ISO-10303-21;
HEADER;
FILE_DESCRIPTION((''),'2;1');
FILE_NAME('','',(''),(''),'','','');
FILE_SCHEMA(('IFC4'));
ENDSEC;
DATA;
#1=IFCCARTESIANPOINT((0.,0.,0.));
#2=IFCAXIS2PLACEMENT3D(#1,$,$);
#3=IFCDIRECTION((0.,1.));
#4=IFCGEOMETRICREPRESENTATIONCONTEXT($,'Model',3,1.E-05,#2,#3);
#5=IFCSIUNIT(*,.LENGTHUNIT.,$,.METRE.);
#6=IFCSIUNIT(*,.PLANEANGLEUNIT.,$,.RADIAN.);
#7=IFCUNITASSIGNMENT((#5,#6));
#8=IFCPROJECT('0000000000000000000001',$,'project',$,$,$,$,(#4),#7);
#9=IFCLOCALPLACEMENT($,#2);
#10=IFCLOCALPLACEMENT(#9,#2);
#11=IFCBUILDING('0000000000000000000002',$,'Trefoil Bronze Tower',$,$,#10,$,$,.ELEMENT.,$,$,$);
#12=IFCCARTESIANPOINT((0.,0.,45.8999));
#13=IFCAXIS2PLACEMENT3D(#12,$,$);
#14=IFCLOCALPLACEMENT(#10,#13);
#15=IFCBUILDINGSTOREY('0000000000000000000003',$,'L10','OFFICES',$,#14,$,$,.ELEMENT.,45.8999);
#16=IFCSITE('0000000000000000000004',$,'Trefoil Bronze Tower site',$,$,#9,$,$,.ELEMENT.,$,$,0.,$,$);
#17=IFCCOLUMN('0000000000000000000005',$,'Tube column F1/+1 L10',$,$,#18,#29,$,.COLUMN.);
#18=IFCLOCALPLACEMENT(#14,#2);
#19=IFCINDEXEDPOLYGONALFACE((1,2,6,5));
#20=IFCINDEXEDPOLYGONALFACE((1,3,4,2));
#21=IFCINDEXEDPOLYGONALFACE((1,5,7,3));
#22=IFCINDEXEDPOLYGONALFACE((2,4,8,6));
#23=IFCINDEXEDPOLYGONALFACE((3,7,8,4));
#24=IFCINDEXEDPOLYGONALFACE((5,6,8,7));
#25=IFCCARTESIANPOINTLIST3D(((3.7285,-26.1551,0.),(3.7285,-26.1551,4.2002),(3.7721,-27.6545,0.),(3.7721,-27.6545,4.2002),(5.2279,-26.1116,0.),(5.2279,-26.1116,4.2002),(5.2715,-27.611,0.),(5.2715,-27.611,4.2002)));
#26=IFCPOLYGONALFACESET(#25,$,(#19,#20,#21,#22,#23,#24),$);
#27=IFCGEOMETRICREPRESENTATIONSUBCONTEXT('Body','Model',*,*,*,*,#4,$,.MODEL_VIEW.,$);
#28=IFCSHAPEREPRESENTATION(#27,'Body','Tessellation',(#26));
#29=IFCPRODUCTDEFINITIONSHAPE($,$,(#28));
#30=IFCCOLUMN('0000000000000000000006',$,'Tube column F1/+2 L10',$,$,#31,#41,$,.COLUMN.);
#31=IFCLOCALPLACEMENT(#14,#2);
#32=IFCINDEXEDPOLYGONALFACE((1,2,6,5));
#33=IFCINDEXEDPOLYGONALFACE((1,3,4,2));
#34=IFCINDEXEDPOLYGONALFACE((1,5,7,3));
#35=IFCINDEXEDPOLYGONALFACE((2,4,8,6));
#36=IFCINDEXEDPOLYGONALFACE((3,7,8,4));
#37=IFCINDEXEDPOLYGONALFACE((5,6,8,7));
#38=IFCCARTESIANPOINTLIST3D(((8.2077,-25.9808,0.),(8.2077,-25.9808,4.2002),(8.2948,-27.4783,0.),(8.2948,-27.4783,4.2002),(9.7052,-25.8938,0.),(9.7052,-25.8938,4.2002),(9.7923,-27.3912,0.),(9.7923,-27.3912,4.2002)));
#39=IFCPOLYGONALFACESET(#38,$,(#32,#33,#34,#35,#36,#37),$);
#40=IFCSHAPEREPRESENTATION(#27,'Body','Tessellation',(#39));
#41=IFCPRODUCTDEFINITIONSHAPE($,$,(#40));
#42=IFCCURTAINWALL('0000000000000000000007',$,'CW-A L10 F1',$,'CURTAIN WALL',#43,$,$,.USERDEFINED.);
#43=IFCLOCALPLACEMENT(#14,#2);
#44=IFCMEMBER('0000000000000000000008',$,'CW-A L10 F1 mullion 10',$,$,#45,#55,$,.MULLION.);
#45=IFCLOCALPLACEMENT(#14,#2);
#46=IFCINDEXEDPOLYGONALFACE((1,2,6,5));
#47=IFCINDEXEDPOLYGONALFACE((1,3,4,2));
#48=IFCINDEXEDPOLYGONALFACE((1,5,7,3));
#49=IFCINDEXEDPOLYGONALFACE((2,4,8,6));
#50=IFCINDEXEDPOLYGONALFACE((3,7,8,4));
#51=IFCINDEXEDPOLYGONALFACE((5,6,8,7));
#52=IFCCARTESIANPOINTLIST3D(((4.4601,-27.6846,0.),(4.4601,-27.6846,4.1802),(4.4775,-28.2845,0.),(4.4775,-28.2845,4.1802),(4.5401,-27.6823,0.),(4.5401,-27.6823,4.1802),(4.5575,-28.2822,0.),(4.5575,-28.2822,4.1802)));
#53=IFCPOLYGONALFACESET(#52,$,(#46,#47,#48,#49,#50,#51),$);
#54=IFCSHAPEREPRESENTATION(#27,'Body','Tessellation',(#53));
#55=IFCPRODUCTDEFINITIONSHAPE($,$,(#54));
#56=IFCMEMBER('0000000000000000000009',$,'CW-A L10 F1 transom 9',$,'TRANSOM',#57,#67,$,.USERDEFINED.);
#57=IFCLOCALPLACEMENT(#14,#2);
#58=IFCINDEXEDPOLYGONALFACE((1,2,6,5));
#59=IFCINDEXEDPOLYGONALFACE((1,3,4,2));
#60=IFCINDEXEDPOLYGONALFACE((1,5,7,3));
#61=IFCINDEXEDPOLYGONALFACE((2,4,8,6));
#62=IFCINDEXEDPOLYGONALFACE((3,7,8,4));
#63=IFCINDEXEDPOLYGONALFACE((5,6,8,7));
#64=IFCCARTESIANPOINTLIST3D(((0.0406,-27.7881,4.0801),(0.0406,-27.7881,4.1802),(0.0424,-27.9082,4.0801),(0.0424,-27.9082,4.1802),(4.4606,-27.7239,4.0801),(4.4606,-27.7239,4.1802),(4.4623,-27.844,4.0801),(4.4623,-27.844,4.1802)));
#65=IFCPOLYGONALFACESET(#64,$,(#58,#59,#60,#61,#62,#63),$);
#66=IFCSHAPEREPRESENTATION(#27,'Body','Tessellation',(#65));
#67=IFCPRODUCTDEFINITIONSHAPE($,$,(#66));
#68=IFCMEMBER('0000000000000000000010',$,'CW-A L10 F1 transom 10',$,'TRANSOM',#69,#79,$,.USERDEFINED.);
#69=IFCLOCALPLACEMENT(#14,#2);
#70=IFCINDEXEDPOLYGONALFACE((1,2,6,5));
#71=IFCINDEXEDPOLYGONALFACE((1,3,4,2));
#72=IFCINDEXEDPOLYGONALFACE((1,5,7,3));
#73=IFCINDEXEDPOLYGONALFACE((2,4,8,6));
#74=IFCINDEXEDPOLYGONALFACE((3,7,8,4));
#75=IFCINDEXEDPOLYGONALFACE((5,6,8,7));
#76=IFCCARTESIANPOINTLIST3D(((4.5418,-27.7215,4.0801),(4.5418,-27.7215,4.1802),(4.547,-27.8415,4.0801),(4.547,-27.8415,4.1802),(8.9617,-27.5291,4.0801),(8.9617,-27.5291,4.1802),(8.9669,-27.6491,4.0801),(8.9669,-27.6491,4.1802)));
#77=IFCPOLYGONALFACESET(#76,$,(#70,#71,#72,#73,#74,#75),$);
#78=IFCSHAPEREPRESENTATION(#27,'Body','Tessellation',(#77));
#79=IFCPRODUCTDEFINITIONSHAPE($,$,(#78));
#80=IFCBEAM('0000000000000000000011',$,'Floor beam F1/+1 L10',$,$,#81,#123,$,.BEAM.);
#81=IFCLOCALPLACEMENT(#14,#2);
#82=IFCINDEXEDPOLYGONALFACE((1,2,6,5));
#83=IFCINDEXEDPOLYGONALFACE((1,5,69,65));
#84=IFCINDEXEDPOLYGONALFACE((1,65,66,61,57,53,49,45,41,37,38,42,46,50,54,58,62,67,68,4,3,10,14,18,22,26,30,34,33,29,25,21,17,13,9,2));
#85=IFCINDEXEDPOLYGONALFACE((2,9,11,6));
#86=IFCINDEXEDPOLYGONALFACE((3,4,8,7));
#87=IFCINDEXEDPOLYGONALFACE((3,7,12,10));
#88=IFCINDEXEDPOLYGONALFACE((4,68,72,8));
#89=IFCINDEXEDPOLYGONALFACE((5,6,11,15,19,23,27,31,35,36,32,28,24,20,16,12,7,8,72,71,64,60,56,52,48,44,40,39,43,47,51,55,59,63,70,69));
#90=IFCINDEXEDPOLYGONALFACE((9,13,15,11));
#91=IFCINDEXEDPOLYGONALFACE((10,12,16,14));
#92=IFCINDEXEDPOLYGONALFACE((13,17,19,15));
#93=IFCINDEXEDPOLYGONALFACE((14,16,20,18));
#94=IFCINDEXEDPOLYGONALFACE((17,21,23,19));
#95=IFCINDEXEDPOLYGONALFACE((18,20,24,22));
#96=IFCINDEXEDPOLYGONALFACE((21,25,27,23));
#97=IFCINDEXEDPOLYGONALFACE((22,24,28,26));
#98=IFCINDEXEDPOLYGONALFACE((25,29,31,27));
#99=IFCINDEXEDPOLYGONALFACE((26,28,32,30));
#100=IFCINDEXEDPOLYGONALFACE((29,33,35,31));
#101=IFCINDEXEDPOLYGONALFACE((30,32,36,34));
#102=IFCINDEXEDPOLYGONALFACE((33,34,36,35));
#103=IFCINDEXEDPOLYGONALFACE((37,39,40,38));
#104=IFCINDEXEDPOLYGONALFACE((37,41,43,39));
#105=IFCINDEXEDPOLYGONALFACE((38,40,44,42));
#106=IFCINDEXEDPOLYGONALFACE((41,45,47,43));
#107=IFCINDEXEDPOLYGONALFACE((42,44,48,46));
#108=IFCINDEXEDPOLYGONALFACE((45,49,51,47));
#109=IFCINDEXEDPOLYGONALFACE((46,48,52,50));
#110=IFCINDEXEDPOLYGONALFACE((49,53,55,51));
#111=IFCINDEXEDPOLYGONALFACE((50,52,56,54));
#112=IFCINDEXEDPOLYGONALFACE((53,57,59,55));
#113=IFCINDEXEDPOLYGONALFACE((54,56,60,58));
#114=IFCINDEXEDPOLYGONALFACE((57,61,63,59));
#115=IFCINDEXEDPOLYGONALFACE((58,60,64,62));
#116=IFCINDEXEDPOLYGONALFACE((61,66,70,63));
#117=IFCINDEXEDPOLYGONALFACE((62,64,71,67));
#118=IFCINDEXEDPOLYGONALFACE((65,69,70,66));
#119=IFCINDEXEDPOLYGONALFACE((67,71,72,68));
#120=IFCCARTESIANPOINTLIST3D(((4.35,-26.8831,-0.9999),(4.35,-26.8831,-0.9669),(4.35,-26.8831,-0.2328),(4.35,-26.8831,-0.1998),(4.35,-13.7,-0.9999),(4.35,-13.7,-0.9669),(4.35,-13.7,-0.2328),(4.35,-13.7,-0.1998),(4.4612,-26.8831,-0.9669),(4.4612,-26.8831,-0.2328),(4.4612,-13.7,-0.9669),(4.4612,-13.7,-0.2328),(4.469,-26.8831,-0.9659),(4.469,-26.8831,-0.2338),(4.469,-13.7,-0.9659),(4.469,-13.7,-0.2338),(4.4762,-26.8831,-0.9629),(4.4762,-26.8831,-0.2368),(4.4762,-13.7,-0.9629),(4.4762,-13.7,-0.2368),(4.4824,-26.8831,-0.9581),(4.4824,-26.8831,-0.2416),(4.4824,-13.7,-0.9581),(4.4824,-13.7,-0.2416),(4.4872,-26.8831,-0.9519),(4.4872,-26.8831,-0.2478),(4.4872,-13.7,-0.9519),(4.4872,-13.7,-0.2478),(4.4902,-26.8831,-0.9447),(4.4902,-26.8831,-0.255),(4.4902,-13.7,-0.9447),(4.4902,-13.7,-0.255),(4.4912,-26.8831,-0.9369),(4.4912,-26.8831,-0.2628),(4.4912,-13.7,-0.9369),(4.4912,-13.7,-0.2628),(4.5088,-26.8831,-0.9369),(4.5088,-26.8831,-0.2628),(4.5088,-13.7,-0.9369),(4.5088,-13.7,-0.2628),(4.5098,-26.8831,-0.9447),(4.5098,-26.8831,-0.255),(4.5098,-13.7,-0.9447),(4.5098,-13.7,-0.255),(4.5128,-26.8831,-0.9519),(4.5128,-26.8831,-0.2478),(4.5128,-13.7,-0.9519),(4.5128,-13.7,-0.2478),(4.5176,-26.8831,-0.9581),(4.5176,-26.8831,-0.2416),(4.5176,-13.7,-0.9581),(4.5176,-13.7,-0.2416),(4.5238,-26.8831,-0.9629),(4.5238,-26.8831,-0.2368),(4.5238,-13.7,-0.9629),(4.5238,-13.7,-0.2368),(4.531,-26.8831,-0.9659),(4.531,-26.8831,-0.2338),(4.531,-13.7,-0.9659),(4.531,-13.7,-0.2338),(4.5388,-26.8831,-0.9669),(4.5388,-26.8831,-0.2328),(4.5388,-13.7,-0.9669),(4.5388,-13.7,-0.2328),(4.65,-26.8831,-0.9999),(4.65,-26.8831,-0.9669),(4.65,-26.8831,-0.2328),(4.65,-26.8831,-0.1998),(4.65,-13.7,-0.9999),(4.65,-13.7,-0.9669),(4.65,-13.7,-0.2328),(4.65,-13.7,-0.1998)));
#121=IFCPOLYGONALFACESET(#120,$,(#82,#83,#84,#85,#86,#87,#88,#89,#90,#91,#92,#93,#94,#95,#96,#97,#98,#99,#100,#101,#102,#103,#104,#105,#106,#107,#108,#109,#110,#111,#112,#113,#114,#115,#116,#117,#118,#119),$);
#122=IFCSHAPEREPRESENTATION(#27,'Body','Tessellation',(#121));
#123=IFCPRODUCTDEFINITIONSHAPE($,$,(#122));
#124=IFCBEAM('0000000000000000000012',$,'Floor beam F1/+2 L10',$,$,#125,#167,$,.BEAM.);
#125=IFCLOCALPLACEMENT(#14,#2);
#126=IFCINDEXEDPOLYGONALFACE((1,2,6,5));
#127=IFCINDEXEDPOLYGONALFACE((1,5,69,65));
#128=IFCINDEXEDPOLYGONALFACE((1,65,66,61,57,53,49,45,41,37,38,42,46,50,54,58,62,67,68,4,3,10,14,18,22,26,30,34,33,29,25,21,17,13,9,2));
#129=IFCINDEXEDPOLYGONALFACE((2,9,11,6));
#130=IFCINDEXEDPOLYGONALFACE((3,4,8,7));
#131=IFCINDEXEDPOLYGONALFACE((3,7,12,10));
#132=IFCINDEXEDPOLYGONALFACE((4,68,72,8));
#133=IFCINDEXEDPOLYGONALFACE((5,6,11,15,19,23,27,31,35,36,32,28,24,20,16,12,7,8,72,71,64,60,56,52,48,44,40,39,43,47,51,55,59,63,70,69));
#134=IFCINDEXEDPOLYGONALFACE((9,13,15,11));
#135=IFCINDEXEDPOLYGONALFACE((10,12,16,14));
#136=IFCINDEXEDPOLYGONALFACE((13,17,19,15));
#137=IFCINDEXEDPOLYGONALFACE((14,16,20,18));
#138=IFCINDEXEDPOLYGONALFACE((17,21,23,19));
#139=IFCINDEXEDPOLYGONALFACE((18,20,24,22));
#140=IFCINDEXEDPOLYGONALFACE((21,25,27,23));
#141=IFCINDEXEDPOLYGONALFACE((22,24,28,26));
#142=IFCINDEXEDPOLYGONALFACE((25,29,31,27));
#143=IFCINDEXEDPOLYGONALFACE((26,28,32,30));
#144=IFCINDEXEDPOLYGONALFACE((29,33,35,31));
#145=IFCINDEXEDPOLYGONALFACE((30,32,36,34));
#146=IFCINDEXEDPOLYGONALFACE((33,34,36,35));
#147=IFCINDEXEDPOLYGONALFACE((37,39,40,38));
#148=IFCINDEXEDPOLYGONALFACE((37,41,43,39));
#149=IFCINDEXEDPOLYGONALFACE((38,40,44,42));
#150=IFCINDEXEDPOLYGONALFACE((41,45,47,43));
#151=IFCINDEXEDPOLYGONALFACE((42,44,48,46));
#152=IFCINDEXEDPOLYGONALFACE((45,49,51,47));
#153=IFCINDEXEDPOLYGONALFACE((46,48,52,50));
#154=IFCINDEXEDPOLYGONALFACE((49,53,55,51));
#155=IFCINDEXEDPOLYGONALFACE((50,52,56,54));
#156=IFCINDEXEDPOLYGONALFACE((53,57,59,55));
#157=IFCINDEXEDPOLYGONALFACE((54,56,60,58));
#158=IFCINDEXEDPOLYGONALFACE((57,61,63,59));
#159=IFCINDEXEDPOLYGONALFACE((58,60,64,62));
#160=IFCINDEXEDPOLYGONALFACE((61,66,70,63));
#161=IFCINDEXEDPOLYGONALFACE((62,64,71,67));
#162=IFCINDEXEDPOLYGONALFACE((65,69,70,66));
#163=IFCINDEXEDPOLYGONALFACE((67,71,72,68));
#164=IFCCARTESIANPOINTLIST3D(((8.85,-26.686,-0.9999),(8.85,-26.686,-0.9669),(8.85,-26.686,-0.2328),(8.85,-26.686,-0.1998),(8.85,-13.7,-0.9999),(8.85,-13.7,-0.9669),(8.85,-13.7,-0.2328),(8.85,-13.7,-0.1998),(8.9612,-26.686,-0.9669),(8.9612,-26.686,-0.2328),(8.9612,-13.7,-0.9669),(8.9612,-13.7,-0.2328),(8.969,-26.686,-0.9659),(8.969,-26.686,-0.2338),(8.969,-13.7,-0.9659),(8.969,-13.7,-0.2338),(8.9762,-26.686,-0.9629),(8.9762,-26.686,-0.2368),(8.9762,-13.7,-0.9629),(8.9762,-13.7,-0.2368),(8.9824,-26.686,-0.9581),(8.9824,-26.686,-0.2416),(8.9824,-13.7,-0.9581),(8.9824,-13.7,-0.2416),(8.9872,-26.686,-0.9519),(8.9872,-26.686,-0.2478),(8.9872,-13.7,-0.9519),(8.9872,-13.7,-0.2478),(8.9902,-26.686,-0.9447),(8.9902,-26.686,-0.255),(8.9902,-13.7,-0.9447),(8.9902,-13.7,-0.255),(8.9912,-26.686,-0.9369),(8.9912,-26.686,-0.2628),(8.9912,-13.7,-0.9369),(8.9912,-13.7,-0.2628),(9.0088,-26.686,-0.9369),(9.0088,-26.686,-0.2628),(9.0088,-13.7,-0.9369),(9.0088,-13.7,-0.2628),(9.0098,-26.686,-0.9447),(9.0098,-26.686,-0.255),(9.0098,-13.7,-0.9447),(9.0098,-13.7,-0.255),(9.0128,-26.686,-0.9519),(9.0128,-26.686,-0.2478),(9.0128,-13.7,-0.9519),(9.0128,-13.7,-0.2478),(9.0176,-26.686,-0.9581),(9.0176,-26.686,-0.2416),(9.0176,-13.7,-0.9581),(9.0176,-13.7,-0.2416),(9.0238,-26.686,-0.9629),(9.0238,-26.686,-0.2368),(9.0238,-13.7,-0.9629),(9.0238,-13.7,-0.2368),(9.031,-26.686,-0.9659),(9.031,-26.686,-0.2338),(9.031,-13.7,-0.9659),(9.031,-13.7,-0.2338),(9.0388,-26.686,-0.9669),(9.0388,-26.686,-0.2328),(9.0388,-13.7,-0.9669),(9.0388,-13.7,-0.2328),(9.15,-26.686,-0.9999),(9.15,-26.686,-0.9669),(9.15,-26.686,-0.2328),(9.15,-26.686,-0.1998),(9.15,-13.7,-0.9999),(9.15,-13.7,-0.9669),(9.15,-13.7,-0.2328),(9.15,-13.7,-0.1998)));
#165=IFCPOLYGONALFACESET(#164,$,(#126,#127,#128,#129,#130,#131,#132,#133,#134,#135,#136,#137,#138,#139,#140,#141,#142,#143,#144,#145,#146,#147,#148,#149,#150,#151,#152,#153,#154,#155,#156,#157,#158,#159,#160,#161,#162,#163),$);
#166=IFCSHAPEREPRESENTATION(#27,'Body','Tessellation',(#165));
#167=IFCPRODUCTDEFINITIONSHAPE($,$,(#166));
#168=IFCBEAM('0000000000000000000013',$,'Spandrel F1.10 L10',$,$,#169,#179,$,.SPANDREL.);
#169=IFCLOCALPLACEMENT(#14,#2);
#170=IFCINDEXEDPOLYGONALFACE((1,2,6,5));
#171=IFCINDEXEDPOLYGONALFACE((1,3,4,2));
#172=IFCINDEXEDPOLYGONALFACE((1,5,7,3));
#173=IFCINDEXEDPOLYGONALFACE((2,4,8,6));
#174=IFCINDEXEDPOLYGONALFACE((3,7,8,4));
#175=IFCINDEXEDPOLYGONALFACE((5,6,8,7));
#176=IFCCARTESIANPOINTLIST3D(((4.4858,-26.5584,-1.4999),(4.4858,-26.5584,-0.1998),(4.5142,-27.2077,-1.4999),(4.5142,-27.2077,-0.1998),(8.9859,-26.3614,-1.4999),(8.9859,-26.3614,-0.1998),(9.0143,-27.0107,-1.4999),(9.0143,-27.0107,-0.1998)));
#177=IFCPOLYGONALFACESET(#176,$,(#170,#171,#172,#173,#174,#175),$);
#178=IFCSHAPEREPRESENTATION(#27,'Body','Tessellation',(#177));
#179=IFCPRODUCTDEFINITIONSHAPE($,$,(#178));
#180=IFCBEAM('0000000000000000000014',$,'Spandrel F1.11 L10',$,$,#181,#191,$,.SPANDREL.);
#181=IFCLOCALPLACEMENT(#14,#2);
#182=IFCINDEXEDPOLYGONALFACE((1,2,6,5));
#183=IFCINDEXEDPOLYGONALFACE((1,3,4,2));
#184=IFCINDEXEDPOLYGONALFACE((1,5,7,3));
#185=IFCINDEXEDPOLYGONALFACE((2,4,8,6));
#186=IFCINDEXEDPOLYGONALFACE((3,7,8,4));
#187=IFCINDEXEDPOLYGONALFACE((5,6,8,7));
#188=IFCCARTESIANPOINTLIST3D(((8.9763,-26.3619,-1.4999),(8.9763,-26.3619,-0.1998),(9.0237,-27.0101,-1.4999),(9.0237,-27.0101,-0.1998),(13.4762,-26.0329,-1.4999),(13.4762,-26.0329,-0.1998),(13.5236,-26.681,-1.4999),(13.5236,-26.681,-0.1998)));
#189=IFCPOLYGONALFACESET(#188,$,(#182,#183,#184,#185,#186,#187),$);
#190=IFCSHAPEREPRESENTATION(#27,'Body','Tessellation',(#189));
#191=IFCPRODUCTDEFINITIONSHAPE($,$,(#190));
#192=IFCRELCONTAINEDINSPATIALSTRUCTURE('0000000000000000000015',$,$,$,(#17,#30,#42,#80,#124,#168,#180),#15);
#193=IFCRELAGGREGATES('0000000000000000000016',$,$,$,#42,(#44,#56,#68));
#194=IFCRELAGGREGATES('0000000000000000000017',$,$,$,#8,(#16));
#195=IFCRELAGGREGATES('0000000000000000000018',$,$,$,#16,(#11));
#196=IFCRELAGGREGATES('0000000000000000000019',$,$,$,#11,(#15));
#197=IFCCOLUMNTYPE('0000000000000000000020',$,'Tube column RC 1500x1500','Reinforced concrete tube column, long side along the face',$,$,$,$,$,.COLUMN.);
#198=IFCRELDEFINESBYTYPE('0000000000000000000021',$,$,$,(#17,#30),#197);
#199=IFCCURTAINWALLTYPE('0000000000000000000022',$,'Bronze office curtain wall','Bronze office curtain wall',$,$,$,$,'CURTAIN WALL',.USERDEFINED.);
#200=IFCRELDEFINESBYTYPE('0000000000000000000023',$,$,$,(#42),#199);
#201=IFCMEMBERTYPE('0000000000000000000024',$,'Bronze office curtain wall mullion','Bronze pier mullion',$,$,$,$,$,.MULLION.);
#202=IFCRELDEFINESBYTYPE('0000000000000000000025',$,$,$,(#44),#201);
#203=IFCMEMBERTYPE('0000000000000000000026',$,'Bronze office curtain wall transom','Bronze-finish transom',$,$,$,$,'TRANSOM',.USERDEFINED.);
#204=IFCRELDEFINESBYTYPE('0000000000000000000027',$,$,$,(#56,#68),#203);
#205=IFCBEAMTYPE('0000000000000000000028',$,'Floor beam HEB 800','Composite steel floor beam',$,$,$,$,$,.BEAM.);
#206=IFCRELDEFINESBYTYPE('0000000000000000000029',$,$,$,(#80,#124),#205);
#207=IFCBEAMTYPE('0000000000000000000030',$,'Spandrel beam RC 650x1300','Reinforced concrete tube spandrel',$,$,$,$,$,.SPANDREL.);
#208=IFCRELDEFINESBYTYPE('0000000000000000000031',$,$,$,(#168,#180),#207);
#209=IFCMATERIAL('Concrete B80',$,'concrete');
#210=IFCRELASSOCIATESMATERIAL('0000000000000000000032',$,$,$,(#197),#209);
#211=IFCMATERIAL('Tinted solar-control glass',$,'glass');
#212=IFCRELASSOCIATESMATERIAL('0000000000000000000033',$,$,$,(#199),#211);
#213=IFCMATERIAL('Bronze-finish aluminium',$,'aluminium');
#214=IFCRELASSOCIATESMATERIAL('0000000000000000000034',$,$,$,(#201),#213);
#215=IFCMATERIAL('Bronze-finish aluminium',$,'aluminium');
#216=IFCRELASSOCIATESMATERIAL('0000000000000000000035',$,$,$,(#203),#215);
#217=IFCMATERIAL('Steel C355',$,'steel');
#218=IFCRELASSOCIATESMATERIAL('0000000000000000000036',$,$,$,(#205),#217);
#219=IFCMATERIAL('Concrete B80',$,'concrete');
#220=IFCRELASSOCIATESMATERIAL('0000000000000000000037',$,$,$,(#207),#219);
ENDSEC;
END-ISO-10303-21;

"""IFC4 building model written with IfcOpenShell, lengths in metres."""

from ifc_helpers import new_model, si_unit, direction, frame, origin, origin_2d, place, context, subcontext, project, spatial, rectangle, i_section, extrude, material, material_profile, profile_set, type_object, element, aggregate, save


model = new_model("IFC4")

# Units and contexts
model_context = context("Model", 3, precision=1e-05, world=origin(), true_north=direction((0.0, 1.0)))
body_context = subcontext(model_context, "Body", "Model", "MODEL_VIEW")
ifc_project = project(units=[si_unit("LENGTHUNIT", "METRE"), si_unit("PLANEANGLEUNIT", "RADIAN")], contexts=[model_context])

# Site, building, storey
site_placement = place(None, origin())
site = spatial("IfcSite", under=ifc_project, at=site_placement, Name="Trefoil Bronze Tower site", CompositionType="ELEMENT", RefElevation=0.0)
building_placement = place(site_placement, origin())
building = spatial("IfcBuilding", under=site, at=building_placement, Name="Trefoil Bronze Tower", CompositionType="ELEMENT")
storey_placement = place(building_placement, frame((0.0, 0.0, 45.8999)))
storey = spatial("IfcBuildingStorey", under=building, at=storey_placement, Name="L10", Description="OFFICES", CompositionType="ELEMENT", Elevation=45.8999)

# Columns
ifc_material_1 = material(Name="Concrete B80", Category="concrete")
ifc_material_profile_1 = material_profile(ifc_material_1, rectangle(XDim=1.5, YDim=1.5, at=origin_2d()), Name="RC 1500x1500")
ifc_profile_set_1 = profile_set([ifc_material_profile_1], Name="Concrete B80")
column_type = type_object("IfcColumnType", Name="Tube column RC 1500x1500", Description="Reinforced concrete tube column, long side along the face", PredefinedType="COLUMN", material=ifc_profile_set_1)
for number, where, z_axis, x_axis, name in (
    (1, (4.5, -26.8831, 0.0), (0.0, 0.0, 1.0), (0.999579, 0.029022, 0.0), "Tube column F1/+1 L10"),
    (2, (9.0, -26.686, 0.0), (0.0, 0.0, 1.0), (0.998314, 0.058043, 0.0), "Tube column F1/+2 L10"),
):
    element("IfcColumn", number, at=place(storey_placement, frame(where, z_axis=z_axis, x_axis=x_axis)), inside=storey, type_object=column_type, Name=name, PredefinedType="COLUMN", context=body_context, shape_type="SweptSolid", body=[
        extrude(rectangle(XDim=1.5, YDim=1.5, at=origin_2d()), origin(), (0.0, 0.0, 1.0), 4.2002),
    ])

# Curtain wall, members
ifc_material_2 = material(Name="Tinted solar-control glass", Category="glass")
curtain_wall_type = type_object("IfcCurtainWallType", Name="Bronze office curtain wall", Description="Bronze office curtain wall", ElementType="CURTAIN WALL", PredefinedType="USERDEFINED", material=ifc_material_2)
curtain_wall_placement = place(storey_placement, origin())
curtain_wall = element("IfcCurtainWall", 3, at=curtain_wall_placement, inside=storey, type_object=curtain_wall_type, Name="CW-A L10 F1", ObjectType="CURTAIN WALL", PredefinedType="USERDEFINED")
ifc_material_3 = material(Name="Bronze-finish aluminium", Category="aluminium")
ifc_material_profile_2 = material_profile(ifc_material_3, rectangle(XDim=0.6001, YDim=0.0801, at=origin_2d()), Name="CW-A mullion")
ifc_profile_set_2 = profile_set([ifc_material_profile_2], Name="Bronze-finish aluminium")
member_type_1 = type_object("IfcMemberType", Name="Bronze office curtain wall mullion", Description="Bronze pier mullion", PredefinedType="MULLION", material=ifc_profile_set_2)
member_1_placement = place(storey_placement, frame((4.5088, -27.9834, 0.0), z_axis=(0.0, 0.0, 1.0), x_axis=(-0.029022, 0.999579, 0.0)))
member_1 = element("IfcMember", 4, at=member_1_placement, type_object=member_type_1, Name="CW-A L10 F1 mullion 10", PredefinedType="MULLION", context=body_context, shape_type="SweptSolid", body=[
    extrude(rectangle(XDim=0.6001, YDim=0.0801, at=origin_2d()), origin(), (0.0, 0.0, 1.0), 4.1802),
])
ifc_material_4 = material(Name="Bronze-finish aluminium", Category="aluminium")
ifc_material_profile_3 = material_profile(ifc_material_4, rectangle(XDim=0.1201, YDim=0.1001, at=origin_2d()), Name="CW-A transom")
ifc_profile_set_3 = profile_set([ifc_material_profile_3], Name="Bronze-finish aluminium")
member_type_2 = type_object("IfcMemberType", Name="Bronze office curtain wall transom", Description="Bronze-finish transom", ElementType="TRANSOM", PredefinedType="USERDEFINED", material=ifc_profile_set_3)
member_2_placement = place(storey_placement, frame((0.0415, -27.8481, 4.1301), z_axis=(0.999894, 0.014526, 0.0), x_axis=(-0.014526, 0.999894, 0.0)))
member_2 = element("IfcMember", 5, at=member_2_placement, type_object=member_type_2, Name="CW-A L10 F1 transom 9", ObjectType="TRANSOM", PredefinedType="USERDEFINED", context=body_context, shape_type="SweptSolid", body=[
    extrude(rectangle(XDim=0.1201, YDim=0.1001, at=origin_2d()), origin(), (0.0, 0.0, 1.0), 4.4204),
])
member_3_placement = place(storey_placement, frame((4.5444, -27.7815, 4.1301), z_axis=(0.999054, 0.043485, 0.0), x_axis=(-0.043485, 0.999054, 0.0)))
member_3 = element("IfcMember", 6, at=member_3_placement, type_object=member_type_2, Name="CW-A L10 F1 transom 10", ObjectType="TRANSOM", PredefinedType="USERDEFINED", context=body_context, shape_type="SweptSolid", body=[
    extrude(rectangle(XDim=0.1201, YDim=0.1001, at=origin_2d()), origin(), (0.0, 0.0, 1.0), 4.4241),
])

# Beams
ifc_material_5 = material(Name="Steel C355", Category="steel")
ifc_material_profile_4 = material_profile(ifc_material_5, i_section(OverallWidth=0.3, OverallDepth=0.8, WebThickness=0.0176, FlangeThickness=0.033, FilletRadius=0.03, at=origin_2d()), Name="HEB 800")
ifc_profile_set_4 = profile_set([ifc_material_profile_4], Name="Steel C355")
beam_type_1 = type_object("IfcBeamType", Name="Floor beam HEB 800", Description="Composite steel floor beam", PredefinedType="BEAM", material=ifc_profile_set_4)
beam_1_placement = place(storey_placement, frame((4.5, -26.8831, -0.5999), z_axis=(0.0, 1.0, 0.0), x_axis=(-1.0, 0.0, 0.0)))
element("IfcBeam", 7, at=beam_1_placement, inside=storey, type_object=beam_type_1, Name="Floor beam F1/+1 L10", PredefinedType="BEAM", context=body_context, shape_type="SweptSolid", body=[
    extrude(i_section(OverallWidth=0.3, OverallDepth=0.8, WebThickness=0.0176, FlangeThickness=0.033, FilletRadius=0.03, at=origin_2d()), origin(), (0.0, 0.0, 1.0), 13.1831),
])
beam_2_placement = place(storey_placement, frame((9.0, -26.686, -0.5999), z_axis=(0.0, 1.0, 0.0), x_axis=(-1.0, 0.0, 0.0)))
element("IfcBeam", 8, at=beam_2_placement, inside=storey, type_object=beam_type_1, Name="Floor beam F1/+2 L10", PredefinedType="BEAM", context=body_context, shape_type="SweptSolid", body=[
    extrude(i_section(OverallWidth=0.3, OverallDepth=0.8, WebThickness=0.0176, FlangeThickness=0.033, FilletRadius=0.03, at=origin_2d()), origin(), (0.0, 0.0, 1.0), 12.9861),
])
ifc_material_6 = material(Name="Concrete B80", Category="concrete")
ifc_material_profile_5 = material_profile(ifc_material_6, rectangle(XDim=0.6499, YDim=1.3, at=origin_2d()), Name="RC 650x1300")
ifc_profile_set_5 = profile_set([ifc_material_profile_5], Name="Concrete B80")
beam_type_2 = type_object("IfcBeamType", Name="Spandrel beam RC 650x1300", Description="Reinforced concrete tube spandrel", PredefinedType="SPANDREL", material=ifc_profile_set_5)
beam_3_placement = place(storey_placement, frame((4.5, -26.8831, -0.8499), z_axis=(0.999043, 0.043741, 0.0), x_axis=(-0.043741, 0.999043, 0.0)))
element("IfcBeam", 9, at=beam_3_placement, inside=storey, type_object=beam_type_2, Name="Spandrel F1.10 L10", PredefinedType="SPANDREL", context=body_context, shape_type="SweptSolid", body=[
    extrude(rectangle(XDim=0.6499, YDim=1.3, at=origin_2d()), origin(), (0.0, 0.0, 1.0), 4.5044),
])
beam_4_placement = place(storey_placement, frame((9.0, -26.686, -0.8499), z_axis=(0.997336, 0.072939, 0.0), x_axis=(-0.072939, 0.997336, 0.0)))
element("IfcBeam", 10, at=beam_4_placement, inside=storey, type_object=beam_type_2, Name="Spandrel F1.11 L10", PredefinedType="SPANDREL", context=body_context, shape_type="SweptSolid", body=[
    extrude(rectangle(XDim=0.6499, YDim=1.3, at=origin_2d()), origin(), (0.0, 0.0, 1.0), 4.512),
])

aggregate(curtain_wall, [member_1, member_2, member_3])

save(model, "model.ifc")
